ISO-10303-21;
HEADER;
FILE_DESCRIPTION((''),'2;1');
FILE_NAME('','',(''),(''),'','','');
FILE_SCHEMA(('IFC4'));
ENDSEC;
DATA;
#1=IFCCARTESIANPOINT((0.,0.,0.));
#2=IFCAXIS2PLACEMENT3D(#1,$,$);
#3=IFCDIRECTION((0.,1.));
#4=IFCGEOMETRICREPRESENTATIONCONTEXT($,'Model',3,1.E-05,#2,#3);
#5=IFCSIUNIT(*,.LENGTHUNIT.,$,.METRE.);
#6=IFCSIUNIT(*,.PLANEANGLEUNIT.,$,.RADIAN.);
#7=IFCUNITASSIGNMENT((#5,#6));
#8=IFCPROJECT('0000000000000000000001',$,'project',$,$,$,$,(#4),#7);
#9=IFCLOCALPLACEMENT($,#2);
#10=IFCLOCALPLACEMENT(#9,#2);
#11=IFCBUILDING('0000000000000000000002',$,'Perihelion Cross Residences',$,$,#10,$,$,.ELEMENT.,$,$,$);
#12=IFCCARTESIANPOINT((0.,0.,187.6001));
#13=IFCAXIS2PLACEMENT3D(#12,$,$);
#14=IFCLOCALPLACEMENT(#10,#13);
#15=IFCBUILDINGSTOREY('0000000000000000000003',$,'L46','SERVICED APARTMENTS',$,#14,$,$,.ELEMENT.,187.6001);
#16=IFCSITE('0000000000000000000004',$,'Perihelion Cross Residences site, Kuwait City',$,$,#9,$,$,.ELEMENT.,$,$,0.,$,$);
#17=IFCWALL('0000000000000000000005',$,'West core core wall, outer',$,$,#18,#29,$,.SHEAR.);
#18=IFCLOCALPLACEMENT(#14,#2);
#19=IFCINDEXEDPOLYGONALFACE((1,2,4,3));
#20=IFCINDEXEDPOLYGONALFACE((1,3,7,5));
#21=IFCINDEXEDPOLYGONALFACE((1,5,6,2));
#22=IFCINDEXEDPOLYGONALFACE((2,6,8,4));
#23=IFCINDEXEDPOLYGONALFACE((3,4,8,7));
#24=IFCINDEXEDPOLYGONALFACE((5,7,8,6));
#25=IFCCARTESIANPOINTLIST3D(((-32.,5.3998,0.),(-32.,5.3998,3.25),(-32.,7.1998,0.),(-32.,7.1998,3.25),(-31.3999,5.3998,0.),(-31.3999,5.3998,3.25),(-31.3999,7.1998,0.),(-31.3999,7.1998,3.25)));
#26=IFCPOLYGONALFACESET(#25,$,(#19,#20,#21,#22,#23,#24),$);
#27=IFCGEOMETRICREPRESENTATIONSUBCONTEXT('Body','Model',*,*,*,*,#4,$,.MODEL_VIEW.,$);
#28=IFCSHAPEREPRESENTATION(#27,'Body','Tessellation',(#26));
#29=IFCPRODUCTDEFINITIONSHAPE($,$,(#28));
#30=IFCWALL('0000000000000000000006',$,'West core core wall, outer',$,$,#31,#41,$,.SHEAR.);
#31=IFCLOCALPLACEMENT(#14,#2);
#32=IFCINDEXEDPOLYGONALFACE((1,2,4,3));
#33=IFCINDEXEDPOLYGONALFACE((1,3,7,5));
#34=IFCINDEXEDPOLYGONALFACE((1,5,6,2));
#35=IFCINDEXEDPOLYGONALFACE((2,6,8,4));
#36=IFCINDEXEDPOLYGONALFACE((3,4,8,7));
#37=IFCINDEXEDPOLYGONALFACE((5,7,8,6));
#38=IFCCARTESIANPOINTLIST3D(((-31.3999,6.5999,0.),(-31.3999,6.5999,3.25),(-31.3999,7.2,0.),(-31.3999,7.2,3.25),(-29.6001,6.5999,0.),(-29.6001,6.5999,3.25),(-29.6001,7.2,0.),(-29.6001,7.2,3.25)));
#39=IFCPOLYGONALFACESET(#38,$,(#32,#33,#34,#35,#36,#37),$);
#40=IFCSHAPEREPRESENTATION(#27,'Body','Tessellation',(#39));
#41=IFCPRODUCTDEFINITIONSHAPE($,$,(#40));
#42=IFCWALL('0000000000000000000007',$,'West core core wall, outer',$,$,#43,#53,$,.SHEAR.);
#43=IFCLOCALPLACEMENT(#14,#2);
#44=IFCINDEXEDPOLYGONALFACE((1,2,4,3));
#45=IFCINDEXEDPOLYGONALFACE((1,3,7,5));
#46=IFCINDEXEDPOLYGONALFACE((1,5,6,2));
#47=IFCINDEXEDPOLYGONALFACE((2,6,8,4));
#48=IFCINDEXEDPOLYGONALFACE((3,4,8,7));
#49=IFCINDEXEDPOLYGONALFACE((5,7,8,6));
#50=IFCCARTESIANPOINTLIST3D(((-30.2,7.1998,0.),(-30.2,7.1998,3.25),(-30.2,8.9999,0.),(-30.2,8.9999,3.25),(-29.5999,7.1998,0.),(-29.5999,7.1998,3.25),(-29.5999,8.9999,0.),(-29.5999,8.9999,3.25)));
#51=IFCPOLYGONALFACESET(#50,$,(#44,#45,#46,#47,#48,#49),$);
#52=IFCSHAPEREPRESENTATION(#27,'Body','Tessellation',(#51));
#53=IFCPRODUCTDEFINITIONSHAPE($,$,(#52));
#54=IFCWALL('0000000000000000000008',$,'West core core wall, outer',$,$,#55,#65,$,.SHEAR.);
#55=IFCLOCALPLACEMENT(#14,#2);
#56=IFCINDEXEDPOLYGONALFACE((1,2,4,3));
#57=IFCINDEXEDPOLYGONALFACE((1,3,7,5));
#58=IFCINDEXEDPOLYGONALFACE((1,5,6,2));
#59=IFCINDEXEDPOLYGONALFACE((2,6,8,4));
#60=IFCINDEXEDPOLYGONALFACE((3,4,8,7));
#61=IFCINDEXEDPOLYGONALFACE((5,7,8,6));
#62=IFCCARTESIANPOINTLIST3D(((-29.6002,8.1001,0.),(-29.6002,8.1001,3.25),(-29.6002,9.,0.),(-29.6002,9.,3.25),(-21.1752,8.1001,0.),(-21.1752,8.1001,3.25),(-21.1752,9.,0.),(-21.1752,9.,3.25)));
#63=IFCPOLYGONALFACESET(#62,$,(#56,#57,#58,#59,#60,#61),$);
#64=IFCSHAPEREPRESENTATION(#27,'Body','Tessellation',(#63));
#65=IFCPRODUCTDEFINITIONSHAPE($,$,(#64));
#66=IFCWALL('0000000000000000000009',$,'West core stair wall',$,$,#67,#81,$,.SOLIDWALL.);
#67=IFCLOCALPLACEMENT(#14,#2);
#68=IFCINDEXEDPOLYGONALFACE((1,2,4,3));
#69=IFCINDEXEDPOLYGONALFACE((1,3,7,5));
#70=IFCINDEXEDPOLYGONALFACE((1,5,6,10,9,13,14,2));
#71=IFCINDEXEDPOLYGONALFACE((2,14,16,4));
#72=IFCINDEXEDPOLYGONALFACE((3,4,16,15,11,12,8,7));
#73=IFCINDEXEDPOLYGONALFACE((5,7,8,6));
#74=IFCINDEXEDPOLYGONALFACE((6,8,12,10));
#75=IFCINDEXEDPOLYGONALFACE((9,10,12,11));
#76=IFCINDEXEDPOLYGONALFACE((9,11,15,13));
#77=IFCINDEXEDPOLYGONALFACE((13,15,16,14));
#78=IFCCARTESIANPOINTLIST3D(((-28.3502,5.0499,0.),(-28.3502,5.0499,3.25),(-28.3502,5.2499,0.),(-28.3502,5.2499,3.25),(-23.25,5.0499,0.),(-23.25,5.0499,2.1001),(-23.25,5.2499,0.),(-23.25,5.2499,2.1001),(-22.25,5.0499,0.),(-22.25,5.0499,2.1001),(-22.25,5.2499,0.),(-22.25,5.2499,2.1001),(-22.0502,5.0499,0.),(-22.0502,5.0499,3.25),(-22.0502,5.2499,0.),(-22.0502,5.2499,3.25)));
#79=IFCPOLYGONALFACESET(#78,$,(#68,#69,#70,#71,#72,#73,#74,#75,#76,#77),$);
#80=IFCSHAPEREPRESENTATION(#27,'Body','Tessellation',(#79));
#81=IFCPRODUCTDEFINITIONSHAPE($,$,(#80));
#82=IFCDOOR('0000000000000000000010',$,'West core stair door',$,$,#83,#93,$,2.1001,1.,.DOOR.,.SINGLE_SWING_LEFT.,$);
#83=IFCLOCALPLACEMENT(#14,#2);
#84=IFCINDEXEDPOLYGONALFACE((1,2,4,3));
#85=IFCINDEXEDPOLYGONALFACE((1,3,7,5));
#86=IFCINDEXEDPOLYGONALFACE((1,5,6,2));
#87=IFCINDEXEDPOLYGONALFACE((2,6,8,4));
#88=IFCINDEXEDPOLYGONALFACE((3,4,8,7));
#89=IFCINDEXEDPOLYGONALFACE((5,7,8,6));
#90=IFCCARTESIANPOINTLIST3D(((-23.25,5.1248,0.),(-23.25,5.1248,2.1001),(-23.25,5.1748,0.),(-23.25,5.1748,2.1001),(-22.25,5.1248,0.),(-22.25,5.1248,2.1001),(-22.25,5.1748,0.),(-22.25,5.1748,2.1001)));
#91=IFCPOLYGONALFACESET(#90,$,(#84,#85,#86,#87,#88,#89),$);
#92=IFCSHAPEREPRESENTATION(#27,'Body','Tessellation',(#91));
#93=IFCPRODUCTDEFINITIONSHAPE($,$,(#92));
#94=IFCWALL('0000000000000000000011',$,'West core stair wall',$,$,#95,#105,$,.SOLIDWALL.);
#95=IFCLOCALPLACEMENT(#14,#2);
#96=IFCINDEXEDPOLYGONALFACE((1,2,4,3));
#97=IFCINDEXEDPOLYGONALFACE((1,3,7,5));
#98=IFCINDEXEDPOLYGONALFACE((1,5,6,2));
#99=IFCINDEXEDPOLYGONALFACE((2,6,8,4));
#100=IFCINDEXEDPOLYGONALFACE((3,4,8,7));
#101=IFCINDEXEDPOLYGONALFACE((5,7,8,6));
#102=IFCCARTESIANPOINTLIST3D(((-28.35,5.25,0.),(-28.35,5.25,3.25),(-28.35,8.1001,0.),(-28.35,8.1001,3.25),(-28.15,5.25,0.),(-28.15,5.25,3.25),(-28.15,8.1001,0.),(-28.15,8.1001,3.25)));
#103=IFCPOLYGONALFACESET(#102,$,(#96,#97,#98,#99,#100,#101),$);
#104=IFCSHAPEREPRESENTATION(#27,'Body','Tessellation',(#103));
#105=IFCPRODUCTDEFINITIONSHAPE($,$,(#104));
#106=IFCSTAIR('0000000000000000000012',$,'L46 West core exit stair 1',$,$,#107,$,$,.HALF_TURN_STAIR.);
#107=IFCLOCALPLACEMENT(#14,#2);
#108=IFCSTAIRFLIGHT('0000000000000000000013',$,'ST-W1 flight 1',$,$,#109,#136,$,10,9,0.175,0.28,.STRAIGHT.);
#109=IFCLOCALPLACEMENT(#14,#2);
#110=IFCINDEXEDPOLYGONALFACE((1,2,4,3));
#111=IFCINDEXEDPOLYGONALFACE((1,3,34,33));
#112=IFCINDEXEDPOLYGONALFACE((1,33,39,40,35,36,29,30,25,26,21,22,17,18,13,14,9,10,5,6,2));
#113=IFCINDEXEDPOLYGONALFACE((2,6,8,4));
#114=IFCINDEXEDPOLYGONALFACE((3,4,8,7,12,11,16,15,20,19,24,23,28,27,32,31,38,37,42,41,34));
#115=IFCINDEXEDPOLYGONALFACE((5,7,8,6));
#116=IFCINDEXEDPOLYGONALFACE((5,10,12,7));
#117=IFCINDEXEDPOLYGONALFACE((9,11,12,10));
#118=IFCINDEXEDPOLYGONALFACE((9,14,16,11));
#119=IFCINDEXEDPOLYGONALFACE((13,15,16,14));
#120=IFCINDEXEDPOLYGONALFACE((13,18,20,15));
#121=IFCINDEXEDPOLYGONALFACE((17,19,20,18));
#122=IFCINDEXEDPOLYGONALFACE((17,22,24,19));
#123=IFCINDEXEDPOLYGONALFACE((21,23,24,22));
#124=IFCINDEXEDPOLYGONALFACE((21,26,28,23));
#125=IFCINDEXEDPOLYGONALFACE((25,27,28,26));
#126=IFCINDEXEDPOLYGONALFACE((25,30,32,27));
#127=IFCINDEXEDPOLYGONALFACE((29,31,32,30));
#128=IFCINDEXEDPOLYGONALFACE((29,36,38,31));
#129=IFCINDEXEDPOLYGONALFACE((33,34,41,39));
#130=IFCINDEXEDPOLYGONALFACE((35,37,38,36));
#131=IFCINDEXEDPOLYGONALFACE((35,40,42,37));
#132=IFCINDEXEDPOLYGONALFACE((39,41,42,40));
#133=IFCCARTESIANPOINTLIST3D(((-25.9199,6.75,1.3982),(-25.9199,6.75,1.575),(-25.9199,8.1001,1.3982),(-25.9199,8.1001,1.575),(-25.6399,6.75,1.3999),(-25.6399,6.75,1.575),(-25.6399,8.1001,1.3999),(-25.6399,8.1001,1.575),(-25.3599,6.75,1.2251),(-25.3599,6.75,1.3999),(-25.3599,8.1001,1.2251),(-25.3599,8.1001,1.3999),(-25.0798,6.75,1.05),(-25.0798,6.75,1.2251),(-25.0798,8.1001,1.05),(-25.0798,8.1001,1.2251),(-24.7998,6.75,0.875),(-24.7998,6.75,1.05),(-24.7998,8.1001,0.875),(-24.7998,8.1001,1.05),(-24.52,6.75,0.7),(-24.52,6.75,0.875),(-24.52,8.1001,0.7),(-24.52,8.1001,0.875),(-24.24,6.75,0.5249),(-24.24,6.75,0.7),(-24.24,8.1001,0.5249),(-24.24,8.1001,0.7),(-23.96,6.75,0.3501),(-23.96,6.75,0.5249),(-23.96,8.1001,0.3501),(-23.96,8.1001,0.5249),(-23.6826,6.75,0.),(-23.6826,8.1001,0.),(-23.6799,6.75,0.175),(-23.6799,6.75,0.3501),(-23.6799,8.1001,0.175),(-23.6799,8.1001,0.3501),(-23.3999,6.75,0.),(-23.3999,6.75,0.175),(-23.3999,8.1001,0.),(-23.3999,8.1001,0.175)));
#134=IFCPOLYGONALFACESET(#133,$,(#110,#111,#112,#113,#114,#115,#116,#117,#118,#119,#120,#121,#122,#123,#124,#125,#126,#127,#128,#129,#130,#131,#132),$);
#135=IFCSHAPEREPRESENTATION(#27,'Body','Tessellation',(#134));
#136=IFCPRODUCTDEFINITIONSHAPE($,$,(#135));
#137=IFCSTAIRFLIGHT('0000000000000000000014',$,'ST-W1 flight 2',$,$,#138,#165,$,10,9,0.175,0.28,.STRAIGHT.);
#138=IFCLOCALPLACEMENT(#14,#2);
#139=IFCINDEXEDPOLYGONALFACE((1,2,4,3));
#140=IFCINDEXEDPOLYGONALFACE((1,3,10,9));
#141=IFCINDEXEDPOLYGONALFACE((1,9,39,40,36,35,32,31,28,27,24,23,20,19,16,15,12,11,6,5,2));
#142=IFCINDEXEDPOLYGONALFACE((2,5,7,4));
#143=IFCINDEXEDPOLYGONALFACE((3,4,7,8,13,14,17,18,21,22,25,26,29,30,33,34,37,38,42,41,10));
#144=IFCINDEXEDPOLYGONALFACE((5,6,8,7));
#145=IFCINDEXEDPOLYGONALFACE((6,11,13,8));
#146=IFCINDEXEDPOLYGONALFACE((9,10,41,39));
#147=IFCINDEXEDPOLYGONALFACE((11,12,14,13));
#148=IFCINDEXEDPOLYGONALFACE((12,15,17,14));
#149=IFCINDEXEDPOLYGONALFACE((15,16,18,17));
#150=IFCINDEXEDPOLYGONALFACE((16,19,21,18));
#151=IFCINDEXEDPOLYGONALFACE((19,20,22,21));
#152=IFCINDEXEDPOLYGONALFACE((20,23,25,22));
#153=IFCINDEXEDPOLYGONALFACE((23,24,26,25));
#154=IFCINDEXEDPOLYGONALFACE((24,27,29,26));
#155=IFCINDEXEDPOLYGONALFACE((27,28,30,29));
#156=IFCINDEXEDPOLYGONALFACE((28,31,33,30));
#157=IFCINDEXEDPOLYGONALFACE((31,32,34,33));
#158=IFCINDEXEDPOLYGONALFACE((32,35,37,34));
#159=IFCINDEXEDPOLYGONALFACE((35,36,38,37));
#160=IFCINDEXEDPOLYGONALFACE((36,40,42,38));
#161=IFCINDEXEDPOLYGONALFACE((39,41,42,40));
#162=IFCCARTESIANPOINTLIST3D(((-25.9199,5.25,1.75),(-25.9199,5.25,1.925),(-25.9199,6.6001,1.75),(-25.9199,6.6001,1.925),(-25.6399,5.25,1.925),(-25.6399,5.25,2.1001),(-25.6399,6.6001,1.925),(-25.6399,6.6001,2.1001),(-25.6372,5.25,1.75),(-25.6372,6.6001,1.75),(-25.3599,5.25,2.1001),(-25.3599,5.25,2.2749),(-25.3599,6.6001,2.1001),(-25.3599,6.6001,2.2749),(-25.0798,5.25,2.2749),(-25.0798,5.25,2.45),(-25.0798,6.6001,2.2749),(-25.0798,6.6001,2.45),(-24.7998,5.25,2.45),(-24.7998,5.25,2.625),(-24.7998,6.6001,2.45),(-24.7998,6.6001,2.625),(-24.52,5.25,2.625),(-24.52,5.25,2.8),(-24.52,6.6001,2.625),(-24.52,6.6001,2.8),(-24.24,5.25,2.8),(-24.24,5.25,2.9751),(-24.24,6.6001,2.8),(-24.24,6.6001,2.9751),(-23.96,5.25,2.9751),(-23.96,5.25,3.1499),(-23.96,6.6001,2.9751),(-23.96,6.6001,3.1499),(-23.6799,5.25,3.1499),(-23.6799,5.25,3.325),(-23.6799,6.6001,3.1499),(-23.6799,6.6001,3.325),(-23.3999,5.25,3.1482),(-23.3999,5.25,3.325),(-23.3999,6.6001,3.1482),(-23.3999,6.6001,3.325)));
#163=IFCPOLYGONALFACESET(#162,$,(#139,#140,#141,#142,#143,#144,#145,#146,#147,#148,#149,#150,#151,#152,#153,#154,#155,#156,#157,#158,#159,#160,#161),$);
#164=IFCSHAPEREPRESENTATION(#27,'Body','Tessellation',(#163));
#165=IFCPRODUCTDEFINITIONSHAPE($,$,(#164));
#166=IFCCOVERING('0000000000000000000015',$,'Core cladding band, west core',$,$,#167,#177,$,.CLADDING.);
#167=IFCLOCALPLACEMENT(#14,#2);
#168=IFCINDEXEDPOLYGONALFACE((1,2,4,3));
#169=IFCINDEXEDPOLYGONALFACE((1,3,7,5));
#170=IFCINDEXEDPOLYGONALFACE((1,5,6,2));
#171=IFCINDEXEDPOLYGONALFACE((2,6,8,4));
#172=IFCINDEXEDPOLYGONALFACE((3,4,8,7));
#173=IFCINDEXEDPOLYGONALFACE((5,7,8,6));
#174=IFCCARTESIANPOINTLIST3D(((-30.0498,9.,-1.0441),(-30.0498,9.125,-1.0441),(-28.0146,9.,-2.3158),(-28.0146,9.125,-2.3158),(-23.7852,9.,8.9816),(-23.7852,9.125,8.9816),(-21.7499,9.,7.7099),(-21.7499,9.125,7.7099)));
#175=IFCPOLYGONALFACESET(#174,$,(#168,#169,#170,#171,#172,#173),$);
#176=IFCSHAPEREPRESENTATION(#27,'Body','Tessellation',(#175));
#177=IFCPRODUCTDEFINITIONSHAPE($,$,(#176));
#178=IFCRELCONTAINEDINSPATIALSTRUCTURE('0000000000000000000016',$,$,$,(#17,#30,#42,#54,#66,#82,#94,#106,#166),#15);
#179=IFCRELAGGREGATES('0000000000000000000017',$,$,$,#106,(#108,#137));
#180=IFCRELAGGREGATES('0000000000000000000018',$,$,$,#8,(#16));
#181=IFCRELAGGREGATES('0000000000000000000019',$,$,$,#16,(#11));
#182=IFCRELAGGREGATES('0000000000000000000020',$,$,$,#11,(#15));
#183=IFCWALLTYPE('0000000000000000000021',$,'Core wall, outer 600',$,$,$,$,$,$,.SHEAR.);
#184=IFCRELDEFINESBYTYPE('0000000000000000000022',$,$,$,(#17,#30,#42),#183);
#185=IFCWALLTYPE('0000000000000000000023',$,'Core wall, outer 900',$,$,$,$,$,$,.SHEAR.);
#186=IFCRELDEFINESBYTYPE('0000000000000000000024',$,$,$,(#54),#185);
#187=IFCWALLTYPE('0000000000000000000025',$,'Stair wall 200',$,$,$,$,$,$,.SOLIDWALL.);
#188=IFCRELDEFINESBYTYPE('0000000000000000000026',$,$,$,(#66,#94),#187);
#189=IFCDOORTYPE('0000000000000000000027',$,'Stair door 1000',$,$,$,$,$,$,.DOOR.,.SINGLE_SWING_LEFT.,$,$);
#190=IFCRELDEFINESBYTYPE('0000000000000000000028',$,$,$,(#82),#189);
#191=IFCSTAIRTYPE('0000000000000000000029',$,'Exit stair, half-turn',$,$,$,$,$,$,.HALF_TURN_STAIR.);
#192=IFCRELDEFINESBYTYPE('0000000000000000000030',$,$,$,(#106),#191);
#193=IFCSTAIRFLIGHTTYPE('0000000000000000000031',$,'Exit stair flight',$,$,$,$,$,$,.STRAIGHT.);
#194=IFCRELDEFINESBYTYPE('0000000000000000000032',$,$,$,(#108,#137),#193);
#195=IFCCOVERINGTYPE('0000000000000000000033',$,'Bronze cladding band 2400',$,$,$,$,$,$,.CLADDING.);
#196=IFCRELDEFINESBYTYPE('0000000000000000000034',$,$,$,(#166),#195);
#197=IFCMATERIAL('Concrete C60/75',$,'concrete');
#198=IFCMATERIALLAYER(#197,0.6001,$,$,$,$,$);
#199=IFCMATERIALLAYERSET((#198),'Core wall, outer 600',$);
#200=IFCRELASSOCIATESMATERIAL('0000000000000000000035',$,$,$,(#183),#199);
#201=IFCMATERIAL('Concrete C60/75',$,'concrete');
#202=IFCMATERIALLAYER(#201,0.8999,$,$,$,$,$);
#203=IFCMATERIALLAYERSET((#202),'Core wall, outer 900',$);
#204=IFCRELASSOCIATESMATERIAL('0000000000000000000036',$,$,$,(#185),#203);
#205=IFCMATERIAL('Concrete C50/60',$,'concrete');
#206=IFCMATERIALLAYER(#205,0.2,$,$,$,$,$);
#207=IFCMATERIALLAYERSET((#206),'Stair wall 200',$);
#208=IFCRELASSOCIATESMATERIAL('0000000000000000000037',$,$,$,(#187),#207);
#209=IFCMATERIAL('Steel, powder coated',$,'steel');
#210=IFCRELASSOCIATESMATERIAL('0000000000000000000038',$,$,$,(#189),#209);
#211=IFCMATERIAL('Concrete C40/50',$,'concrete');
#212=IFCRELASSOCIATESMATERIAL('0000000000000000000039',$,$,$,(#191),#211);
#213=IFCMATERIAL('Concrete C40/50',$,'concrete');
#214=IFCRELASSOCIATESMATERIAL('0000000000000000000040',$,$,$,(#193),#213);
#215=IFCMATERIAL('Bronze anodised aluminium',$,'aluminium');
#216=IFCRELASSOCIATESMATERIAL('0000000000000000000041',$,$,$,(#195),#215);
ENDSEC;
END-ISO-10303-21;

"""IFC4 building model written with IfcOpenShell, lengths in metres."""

from ifc_helpers import new_model, si_unit, direction, frame, frame_2d, origin, origin_2d, place, context, subcontext, project, spatial, polyline, rectangle, outline, extrude, material, layer, layer_set, material_profile, profile_set, type_object, element, fill, aggregate, save


model = new_model("IFC4")

# Units and contexts
model_context = context("Model", 3, precision=1e-05, world=origin(), true_north=direction((0.0, 1.0)))
body_context = subcontext(model_context, "Body", "Model", "MODEL_VIEW")
ifc_project = project(units=[si_unit("LENGTHUNIT", "METRE"), si_unit("PLANEANGLEUNIT", "RADIAN")], contexts=[model_context])

# Site, building, storey
site_placement = place(None, origin())
site = spatial("IfcSite", under=ifc_project, at=site_placement, Name="Perihelion Cross Residences site, Kuwait City", CompositionType="ELEMENT", RefElevation=0.0)
building_placement = place(site_placement, origin())
building = spatial("IfcBuilding", under=site, at=building_placement, Name="Perihelion Cross Residences", CompositionType="ELEMENT")
storey_placement = place(building_placement, frame((0.0, 0.0, 187.6001)))
storey = spatial("IfcBuildingStorey", under=building, at=storey_placement, Name="L46", Description="SERVICED APARTMENTS", CompositionType="ELEMENT", Elevation=187.6001)

# Walls
ifc_material_1 = material(Name="Concrete C60/75", Category="concrete")
ifc_layer_1 = layer(ifc_material_1, 0.6001)
ifc_layer_set_1 = layer_set([ifc_layer_1], Name="Core wall, outer 600")
wall_type_1 = type_object("IfcWallType", Name="Core wall, outer 600", PredefinedType="SHEAR", material=ifc_layer_set_1)
wall_1_placement = place(storey_placement, frame((-31.7, 5.3999, 0.0), z_axis=(0.0, 0.0, 1.0), x_axis=(0.0, 1.0, 0.0)))
element("IfcWall", 1, at=wall_1_placement, inside=storey, type_object=wall_type_1, Name="West core core wall, outer", PredefinedType="SHEAR", context=body_context, shape_type="SweptSolid", body=[
    extrude(rectangle(XDim=1.8, YDim=0.6001, at=frame_2d((0.8999, 0.0))), origin(), (0.0, 0.0, 1.0), 3.25),
])
wall_2_placement = place(storey_placement, frame((-31.3999, 6.8999, 0.0), z_axis=(0.0, 0.0, 1.0), x_axis=(1.0, 0.0, 0.0)))
element("IfcWall", 2, at=wall_2_placement, inside=storey, type_object=wall_type_1, Name="West core core wall, outer", PredefinedType="SHEAR", context=body_context, shape_type="SweptSolid", body=[
    extrude(rectangle(XDim=1.7998, YDim=0.6001, at=frame_2d((0.8999, 0.0))), origin(), (0.0, 0.0, 1.0), 3.25),
])
wall_3_placement = place(storey_placement, frame((-29.8999, 7.2, 0.0), z_axis=(0.0, 0.0, 1.0), x_axis=(0.0, 1.0, 0.0)))
element("IfcWall", 3, at=wall_3_placement, inside=storey, type_object=wall_type_1, Name="West core core wall, outer", PredefinedType="SHEAR", context=body_context, shape_type="SweptSolid", body=[
    extrude(rectangle(XDim=1.8, YDim=0.6001, at=frame_2d((0.8999, 0.0))), origin(), (0.0, 0.0, 1.0), 3.25),
])
ifc_material_2 = material(Name="Concrete C60/75", Category="concrete")
ifc_layer_2 = layer(ifc_material_2, 0.8999)
ifc_layer_set_2 = layer_set([ifc_layer_2], Name="Core wall, outer 900")
wall_type_2 = type_object("IfcWallType", Name="Core wall, outer 900", PredefinedType="SHEAR", material=ifc_layer_set_2)
wall_4_placement = place(storey_placement, frame((-29.6001, 8.55, 0.0), z_axis=(0.0, 0.0, 1.0), x_axis=(1.0, 0.0, 0.0)))
element("IfcWall", 4, at=wall_4_placement, inside=storey, type_object=wall_type_2, Name="West core core wall, outer", PredefinedType="SHEAR", context=body_context, shape_type="SweptSolid", body=[
    extrude(rectangle(XDim=8.425, YDim=0.8999, at=frame_2d((4.2124, 0.0))), origin(), (0.0, 0.0, 1.0), 3.25),
])

# Wall, opening, door
ifc_material_3 = material(Name="Concrete C50/60", Category="concrete")
ifc_layer_3 = layer(ifc_material_3, 0.2)
ifc_layer_set_3 = layer_set([ifc_layer_3], Name="Stair wall 200")
wall_type_3 = type_object("IfcWallType", Name="Stair wall 200", PredefinedType="SOLIDWALL", material=ifc_layer_set_3)
wall_5_placement = place(storey_placement, frame((-28.3501, 5.1499, 0.0), z_axis=(0.0, 0.0, 1.0), x_axis=(1.0, 0.0, 0.0)))
wall_5 = element("IfcWall", 5, at=wall_5_placement, inside=storey, type_object=wall_type_3, Name="West core stair wall", PredefinedType="SOLIDWALL", context=body_context, shape_type="SweptSolid", body=[
    extrude(rectangle(XDim=6.3, YDim=0.2, at=frame_2d((3.1499, 0.0))), origin(), (0.0, 0.0, 1.0), 3.25),
])
opening_placement = place(wall_5_placement, frame((5.1001, 0.0, 0.0)))
opening = element("IfcOpeningElement", 6, at=opening_placement, cuts=wall_5, PredefinedType="OPENING", context=body_context, shape_type="SweptSolid", body=[
    extrude(rectangle(XDim=1.0, YDim=2.1001, at=frame_2d((0.5, 1.05))), frame((0.0, 0.1099, 0.0), z_axis=(0.0, -1.0, 0.0), x_axis=(1.0, 0.0, 0.0)), (0.0, 0.0, 1.0), 0.22),
])
ifc_material_4 = material(Name="Steel, powder coated", Category="steel")
door_type = type_object("IfcDoorType", Name="Stair door 1000", OperationType="SINGLE_SWING_LEFT", PredefinedType="DOOR", material=ifc_material_4)
door_placement = place(opening_placement, origin())
door = element("IfcDoor", 7, at=door_placement, inside=storey, type_object=door_type, Name="West core stair door", OperationType="SINGLE_SWING_LEFT", OverallHeight=2.1001, OverallWidth=1.0, PredefinedType="DOOR", context=body_context, shape_type="SweptSolid", body=[
    extrude(rectangle(XDim=1.0, YDim=2.1001, at=frame_2d((0.5, 1.05))), frame((0.0, 0.0249, 0.0), z_axis=(0.0, -1.0, 0.0), x_axis=(1.0, 0.0, 0.0)), (0.0, 0.0, 1.0), 0.05),
])
fill(opening, door)

# Wall
wall_6_placement = place(storey_placement, frame((-28.25, 5.25, 0.0), z_axis=(0.0, 0.0, 1.0), x_axis=(0.0, 1.0, 0.0)))
element("IfcWall", 8, at=wall_6_placement, inside=storey, type_object=wall_type_3, Name="West core stair wall", PredefinedType="SOLIDWALL", context=body_context, shape_type="SweptSolid", body=[
    extrude(rectangle(XDim=2.8501, YDim=0.2, at=frame_2d((1.425, 0.0))), origin(), (0.0, 0.0, 1.0), 3.25),
])

# Stair, stair flights
ifc_material_5 = material(Name="Concrete C40/50", Category="concrete")
stair_type = type_object("IfcStairType", Name="Exit stair, half-turn", PredefinedType="HALF_TURN_STAIR", material=ifc_material_5)
stair_placement = place(storey_placement, origin())
stair = element("IfcStair", 9, at=stair_placement, inside=storey, type_object=stair_type, Name="L46 West core exit stair 1", PredefinedType="HALF_TURN_STAIR")
ifc_material_6 = material(Name="Concrete C40/50", Category="concrete")
stair_flight_type = type_object("IfcStairFlightType", Name="Exit stair flight", PredefinedType="STRAIGHT", material=ifc_material_6)
stair_flight_1_placement = place(storey_placement, frame((-23.3999, 7.425, 0.0), z_axis=(0.0, 0.0, 1.0), x_axis=(-1.0, 0.0, 0.0)))
stair_flight_1 = element("IfcStairFlight", 10, at=stair_flight_1_placement, type_object=stair_flight_type, Name="ST-W1 flight 1", NumberOfRisers=10, NumberOfTreads=9, PredefinedType="STRAIGHT", RiserHeight=0.175, TreadLength=0.28, context=body_context, shape_type="SweptSolid", body=[
    extrude(outline(polyline([(0.0, 0.0), (0.0, 0.175), (0.28, 0.175), (0.28, 0.3501), (0.5601, 0.3501), (0.5601, 0.5249), (0.8401, 0.5249), (0.8401, 0.7), (1.1201, 0.7), (1.1201, 0.875), (1.3999, 0.875), (1.3999, 1.05), (1.6799, 1.05), (1.6799, 1.2251), (1.96, 1.2251), (1.96, 1.3999), (2.24, 1.3999), (2.24, 1.575), (2.52, 1.575), (2.52, 1.75), (2.52, 1.3982), (0.2827, 0.0), (0.0, 0.0)])), frame((0.0, 0.675, 0.0), z_axis=(0.0, -1.0, 0.0), x_axis=(1.0, 0.0, 0.0)), (0.0, 0.0, 1.0), 1.3501),
])
stair_flight_2_placement = place(storey_placement, frame((-25.9199, 5.925, 1.75), z_axis=(0.0, 0.0, 1.0), x_axis=(1.0, 0.0, 0.0)))
stair_flight_2 = element("IfcStairFlight", 11, at=stair_flight_2_placement, type_object=stair_flight_type, Name="ST-W1 flight 2", NumberOfRisers=10, NumberOfTreads=9, PredefinedType="STRAIGHT", RiserHeight=0.175, TreadLength=0.28, context=body_context, shape_type="SweptSolid", body=[
    extrude(outline(polyline([(0.0, 0.0), (0.0, 0.175), (0.28, 0.175), (0.28, 0.3501), (0.5601, 0.3501), (0.5601, 0.5249), (0.8401, 0.5249), (0.8401, 0.7), (1.1201, 0.7), (1.1201, 0.875), (1.3999, 0.875), (1.3999, 1.05), (1.6799, 1.05), (1.6799, 1.2251), (1.96, 1.2251), (1.96, 1.3999), (2.24, 1.3999), (2.24, 1.575), (2.52, 1.575), (2.52, 1.75), (2.52, 1.3982), (0.2827, 0.0), (0.0, 0.0)])), frame((0.0, 0.675, 0.0), z_axis=(0.0, -1.0, 0.0), x_axis=(1.0, 0.0, 0.0)), (0.0, 0.0, 1.0), 1.3501),
])
aggregate(stair, [stair_flight_1, stair_flight_2])

# Covering
ifc_material_7 = material(Name="Bronze anodised aluminium", Category="aluminium")
ifc_material_profile = material_profile(ifc_material_7, rectangle(XDim=0.125, YDim=2.3999, at=origin_2d()), Name="Bronze cladding band 2400")
ifc_profile_set = profile_set([ifc_material_profile], Name="Bronze anodised aluminium")
covering_type = type_object("IfcCoveringType", Name="Bronze cladding band 2400", PredefinedType="CLADDING", material=ifc_profile_set)
covering_placement = place(storey_placement, frame((-29.0322, 9.0625, -1.6799), z_axis=(0.529915, 0.0, 0.848051), x_axis=(0.0, 1.0, 0.0)))
element("IfcCovering", 12, at=covering_placement, inside=storey, type_object=covering_type, Name="Core cladding band, west core", PredefinedType="CLADDING", context=body_context, shape_type="SweptSolid", body=[
    extrude(rectangle(XDim=0.125, YDim=2.3999, at=origin_2d()), origin(), (0.0, 0.0, 1.0), 11.822),
])

save(model, "model.ifc")
